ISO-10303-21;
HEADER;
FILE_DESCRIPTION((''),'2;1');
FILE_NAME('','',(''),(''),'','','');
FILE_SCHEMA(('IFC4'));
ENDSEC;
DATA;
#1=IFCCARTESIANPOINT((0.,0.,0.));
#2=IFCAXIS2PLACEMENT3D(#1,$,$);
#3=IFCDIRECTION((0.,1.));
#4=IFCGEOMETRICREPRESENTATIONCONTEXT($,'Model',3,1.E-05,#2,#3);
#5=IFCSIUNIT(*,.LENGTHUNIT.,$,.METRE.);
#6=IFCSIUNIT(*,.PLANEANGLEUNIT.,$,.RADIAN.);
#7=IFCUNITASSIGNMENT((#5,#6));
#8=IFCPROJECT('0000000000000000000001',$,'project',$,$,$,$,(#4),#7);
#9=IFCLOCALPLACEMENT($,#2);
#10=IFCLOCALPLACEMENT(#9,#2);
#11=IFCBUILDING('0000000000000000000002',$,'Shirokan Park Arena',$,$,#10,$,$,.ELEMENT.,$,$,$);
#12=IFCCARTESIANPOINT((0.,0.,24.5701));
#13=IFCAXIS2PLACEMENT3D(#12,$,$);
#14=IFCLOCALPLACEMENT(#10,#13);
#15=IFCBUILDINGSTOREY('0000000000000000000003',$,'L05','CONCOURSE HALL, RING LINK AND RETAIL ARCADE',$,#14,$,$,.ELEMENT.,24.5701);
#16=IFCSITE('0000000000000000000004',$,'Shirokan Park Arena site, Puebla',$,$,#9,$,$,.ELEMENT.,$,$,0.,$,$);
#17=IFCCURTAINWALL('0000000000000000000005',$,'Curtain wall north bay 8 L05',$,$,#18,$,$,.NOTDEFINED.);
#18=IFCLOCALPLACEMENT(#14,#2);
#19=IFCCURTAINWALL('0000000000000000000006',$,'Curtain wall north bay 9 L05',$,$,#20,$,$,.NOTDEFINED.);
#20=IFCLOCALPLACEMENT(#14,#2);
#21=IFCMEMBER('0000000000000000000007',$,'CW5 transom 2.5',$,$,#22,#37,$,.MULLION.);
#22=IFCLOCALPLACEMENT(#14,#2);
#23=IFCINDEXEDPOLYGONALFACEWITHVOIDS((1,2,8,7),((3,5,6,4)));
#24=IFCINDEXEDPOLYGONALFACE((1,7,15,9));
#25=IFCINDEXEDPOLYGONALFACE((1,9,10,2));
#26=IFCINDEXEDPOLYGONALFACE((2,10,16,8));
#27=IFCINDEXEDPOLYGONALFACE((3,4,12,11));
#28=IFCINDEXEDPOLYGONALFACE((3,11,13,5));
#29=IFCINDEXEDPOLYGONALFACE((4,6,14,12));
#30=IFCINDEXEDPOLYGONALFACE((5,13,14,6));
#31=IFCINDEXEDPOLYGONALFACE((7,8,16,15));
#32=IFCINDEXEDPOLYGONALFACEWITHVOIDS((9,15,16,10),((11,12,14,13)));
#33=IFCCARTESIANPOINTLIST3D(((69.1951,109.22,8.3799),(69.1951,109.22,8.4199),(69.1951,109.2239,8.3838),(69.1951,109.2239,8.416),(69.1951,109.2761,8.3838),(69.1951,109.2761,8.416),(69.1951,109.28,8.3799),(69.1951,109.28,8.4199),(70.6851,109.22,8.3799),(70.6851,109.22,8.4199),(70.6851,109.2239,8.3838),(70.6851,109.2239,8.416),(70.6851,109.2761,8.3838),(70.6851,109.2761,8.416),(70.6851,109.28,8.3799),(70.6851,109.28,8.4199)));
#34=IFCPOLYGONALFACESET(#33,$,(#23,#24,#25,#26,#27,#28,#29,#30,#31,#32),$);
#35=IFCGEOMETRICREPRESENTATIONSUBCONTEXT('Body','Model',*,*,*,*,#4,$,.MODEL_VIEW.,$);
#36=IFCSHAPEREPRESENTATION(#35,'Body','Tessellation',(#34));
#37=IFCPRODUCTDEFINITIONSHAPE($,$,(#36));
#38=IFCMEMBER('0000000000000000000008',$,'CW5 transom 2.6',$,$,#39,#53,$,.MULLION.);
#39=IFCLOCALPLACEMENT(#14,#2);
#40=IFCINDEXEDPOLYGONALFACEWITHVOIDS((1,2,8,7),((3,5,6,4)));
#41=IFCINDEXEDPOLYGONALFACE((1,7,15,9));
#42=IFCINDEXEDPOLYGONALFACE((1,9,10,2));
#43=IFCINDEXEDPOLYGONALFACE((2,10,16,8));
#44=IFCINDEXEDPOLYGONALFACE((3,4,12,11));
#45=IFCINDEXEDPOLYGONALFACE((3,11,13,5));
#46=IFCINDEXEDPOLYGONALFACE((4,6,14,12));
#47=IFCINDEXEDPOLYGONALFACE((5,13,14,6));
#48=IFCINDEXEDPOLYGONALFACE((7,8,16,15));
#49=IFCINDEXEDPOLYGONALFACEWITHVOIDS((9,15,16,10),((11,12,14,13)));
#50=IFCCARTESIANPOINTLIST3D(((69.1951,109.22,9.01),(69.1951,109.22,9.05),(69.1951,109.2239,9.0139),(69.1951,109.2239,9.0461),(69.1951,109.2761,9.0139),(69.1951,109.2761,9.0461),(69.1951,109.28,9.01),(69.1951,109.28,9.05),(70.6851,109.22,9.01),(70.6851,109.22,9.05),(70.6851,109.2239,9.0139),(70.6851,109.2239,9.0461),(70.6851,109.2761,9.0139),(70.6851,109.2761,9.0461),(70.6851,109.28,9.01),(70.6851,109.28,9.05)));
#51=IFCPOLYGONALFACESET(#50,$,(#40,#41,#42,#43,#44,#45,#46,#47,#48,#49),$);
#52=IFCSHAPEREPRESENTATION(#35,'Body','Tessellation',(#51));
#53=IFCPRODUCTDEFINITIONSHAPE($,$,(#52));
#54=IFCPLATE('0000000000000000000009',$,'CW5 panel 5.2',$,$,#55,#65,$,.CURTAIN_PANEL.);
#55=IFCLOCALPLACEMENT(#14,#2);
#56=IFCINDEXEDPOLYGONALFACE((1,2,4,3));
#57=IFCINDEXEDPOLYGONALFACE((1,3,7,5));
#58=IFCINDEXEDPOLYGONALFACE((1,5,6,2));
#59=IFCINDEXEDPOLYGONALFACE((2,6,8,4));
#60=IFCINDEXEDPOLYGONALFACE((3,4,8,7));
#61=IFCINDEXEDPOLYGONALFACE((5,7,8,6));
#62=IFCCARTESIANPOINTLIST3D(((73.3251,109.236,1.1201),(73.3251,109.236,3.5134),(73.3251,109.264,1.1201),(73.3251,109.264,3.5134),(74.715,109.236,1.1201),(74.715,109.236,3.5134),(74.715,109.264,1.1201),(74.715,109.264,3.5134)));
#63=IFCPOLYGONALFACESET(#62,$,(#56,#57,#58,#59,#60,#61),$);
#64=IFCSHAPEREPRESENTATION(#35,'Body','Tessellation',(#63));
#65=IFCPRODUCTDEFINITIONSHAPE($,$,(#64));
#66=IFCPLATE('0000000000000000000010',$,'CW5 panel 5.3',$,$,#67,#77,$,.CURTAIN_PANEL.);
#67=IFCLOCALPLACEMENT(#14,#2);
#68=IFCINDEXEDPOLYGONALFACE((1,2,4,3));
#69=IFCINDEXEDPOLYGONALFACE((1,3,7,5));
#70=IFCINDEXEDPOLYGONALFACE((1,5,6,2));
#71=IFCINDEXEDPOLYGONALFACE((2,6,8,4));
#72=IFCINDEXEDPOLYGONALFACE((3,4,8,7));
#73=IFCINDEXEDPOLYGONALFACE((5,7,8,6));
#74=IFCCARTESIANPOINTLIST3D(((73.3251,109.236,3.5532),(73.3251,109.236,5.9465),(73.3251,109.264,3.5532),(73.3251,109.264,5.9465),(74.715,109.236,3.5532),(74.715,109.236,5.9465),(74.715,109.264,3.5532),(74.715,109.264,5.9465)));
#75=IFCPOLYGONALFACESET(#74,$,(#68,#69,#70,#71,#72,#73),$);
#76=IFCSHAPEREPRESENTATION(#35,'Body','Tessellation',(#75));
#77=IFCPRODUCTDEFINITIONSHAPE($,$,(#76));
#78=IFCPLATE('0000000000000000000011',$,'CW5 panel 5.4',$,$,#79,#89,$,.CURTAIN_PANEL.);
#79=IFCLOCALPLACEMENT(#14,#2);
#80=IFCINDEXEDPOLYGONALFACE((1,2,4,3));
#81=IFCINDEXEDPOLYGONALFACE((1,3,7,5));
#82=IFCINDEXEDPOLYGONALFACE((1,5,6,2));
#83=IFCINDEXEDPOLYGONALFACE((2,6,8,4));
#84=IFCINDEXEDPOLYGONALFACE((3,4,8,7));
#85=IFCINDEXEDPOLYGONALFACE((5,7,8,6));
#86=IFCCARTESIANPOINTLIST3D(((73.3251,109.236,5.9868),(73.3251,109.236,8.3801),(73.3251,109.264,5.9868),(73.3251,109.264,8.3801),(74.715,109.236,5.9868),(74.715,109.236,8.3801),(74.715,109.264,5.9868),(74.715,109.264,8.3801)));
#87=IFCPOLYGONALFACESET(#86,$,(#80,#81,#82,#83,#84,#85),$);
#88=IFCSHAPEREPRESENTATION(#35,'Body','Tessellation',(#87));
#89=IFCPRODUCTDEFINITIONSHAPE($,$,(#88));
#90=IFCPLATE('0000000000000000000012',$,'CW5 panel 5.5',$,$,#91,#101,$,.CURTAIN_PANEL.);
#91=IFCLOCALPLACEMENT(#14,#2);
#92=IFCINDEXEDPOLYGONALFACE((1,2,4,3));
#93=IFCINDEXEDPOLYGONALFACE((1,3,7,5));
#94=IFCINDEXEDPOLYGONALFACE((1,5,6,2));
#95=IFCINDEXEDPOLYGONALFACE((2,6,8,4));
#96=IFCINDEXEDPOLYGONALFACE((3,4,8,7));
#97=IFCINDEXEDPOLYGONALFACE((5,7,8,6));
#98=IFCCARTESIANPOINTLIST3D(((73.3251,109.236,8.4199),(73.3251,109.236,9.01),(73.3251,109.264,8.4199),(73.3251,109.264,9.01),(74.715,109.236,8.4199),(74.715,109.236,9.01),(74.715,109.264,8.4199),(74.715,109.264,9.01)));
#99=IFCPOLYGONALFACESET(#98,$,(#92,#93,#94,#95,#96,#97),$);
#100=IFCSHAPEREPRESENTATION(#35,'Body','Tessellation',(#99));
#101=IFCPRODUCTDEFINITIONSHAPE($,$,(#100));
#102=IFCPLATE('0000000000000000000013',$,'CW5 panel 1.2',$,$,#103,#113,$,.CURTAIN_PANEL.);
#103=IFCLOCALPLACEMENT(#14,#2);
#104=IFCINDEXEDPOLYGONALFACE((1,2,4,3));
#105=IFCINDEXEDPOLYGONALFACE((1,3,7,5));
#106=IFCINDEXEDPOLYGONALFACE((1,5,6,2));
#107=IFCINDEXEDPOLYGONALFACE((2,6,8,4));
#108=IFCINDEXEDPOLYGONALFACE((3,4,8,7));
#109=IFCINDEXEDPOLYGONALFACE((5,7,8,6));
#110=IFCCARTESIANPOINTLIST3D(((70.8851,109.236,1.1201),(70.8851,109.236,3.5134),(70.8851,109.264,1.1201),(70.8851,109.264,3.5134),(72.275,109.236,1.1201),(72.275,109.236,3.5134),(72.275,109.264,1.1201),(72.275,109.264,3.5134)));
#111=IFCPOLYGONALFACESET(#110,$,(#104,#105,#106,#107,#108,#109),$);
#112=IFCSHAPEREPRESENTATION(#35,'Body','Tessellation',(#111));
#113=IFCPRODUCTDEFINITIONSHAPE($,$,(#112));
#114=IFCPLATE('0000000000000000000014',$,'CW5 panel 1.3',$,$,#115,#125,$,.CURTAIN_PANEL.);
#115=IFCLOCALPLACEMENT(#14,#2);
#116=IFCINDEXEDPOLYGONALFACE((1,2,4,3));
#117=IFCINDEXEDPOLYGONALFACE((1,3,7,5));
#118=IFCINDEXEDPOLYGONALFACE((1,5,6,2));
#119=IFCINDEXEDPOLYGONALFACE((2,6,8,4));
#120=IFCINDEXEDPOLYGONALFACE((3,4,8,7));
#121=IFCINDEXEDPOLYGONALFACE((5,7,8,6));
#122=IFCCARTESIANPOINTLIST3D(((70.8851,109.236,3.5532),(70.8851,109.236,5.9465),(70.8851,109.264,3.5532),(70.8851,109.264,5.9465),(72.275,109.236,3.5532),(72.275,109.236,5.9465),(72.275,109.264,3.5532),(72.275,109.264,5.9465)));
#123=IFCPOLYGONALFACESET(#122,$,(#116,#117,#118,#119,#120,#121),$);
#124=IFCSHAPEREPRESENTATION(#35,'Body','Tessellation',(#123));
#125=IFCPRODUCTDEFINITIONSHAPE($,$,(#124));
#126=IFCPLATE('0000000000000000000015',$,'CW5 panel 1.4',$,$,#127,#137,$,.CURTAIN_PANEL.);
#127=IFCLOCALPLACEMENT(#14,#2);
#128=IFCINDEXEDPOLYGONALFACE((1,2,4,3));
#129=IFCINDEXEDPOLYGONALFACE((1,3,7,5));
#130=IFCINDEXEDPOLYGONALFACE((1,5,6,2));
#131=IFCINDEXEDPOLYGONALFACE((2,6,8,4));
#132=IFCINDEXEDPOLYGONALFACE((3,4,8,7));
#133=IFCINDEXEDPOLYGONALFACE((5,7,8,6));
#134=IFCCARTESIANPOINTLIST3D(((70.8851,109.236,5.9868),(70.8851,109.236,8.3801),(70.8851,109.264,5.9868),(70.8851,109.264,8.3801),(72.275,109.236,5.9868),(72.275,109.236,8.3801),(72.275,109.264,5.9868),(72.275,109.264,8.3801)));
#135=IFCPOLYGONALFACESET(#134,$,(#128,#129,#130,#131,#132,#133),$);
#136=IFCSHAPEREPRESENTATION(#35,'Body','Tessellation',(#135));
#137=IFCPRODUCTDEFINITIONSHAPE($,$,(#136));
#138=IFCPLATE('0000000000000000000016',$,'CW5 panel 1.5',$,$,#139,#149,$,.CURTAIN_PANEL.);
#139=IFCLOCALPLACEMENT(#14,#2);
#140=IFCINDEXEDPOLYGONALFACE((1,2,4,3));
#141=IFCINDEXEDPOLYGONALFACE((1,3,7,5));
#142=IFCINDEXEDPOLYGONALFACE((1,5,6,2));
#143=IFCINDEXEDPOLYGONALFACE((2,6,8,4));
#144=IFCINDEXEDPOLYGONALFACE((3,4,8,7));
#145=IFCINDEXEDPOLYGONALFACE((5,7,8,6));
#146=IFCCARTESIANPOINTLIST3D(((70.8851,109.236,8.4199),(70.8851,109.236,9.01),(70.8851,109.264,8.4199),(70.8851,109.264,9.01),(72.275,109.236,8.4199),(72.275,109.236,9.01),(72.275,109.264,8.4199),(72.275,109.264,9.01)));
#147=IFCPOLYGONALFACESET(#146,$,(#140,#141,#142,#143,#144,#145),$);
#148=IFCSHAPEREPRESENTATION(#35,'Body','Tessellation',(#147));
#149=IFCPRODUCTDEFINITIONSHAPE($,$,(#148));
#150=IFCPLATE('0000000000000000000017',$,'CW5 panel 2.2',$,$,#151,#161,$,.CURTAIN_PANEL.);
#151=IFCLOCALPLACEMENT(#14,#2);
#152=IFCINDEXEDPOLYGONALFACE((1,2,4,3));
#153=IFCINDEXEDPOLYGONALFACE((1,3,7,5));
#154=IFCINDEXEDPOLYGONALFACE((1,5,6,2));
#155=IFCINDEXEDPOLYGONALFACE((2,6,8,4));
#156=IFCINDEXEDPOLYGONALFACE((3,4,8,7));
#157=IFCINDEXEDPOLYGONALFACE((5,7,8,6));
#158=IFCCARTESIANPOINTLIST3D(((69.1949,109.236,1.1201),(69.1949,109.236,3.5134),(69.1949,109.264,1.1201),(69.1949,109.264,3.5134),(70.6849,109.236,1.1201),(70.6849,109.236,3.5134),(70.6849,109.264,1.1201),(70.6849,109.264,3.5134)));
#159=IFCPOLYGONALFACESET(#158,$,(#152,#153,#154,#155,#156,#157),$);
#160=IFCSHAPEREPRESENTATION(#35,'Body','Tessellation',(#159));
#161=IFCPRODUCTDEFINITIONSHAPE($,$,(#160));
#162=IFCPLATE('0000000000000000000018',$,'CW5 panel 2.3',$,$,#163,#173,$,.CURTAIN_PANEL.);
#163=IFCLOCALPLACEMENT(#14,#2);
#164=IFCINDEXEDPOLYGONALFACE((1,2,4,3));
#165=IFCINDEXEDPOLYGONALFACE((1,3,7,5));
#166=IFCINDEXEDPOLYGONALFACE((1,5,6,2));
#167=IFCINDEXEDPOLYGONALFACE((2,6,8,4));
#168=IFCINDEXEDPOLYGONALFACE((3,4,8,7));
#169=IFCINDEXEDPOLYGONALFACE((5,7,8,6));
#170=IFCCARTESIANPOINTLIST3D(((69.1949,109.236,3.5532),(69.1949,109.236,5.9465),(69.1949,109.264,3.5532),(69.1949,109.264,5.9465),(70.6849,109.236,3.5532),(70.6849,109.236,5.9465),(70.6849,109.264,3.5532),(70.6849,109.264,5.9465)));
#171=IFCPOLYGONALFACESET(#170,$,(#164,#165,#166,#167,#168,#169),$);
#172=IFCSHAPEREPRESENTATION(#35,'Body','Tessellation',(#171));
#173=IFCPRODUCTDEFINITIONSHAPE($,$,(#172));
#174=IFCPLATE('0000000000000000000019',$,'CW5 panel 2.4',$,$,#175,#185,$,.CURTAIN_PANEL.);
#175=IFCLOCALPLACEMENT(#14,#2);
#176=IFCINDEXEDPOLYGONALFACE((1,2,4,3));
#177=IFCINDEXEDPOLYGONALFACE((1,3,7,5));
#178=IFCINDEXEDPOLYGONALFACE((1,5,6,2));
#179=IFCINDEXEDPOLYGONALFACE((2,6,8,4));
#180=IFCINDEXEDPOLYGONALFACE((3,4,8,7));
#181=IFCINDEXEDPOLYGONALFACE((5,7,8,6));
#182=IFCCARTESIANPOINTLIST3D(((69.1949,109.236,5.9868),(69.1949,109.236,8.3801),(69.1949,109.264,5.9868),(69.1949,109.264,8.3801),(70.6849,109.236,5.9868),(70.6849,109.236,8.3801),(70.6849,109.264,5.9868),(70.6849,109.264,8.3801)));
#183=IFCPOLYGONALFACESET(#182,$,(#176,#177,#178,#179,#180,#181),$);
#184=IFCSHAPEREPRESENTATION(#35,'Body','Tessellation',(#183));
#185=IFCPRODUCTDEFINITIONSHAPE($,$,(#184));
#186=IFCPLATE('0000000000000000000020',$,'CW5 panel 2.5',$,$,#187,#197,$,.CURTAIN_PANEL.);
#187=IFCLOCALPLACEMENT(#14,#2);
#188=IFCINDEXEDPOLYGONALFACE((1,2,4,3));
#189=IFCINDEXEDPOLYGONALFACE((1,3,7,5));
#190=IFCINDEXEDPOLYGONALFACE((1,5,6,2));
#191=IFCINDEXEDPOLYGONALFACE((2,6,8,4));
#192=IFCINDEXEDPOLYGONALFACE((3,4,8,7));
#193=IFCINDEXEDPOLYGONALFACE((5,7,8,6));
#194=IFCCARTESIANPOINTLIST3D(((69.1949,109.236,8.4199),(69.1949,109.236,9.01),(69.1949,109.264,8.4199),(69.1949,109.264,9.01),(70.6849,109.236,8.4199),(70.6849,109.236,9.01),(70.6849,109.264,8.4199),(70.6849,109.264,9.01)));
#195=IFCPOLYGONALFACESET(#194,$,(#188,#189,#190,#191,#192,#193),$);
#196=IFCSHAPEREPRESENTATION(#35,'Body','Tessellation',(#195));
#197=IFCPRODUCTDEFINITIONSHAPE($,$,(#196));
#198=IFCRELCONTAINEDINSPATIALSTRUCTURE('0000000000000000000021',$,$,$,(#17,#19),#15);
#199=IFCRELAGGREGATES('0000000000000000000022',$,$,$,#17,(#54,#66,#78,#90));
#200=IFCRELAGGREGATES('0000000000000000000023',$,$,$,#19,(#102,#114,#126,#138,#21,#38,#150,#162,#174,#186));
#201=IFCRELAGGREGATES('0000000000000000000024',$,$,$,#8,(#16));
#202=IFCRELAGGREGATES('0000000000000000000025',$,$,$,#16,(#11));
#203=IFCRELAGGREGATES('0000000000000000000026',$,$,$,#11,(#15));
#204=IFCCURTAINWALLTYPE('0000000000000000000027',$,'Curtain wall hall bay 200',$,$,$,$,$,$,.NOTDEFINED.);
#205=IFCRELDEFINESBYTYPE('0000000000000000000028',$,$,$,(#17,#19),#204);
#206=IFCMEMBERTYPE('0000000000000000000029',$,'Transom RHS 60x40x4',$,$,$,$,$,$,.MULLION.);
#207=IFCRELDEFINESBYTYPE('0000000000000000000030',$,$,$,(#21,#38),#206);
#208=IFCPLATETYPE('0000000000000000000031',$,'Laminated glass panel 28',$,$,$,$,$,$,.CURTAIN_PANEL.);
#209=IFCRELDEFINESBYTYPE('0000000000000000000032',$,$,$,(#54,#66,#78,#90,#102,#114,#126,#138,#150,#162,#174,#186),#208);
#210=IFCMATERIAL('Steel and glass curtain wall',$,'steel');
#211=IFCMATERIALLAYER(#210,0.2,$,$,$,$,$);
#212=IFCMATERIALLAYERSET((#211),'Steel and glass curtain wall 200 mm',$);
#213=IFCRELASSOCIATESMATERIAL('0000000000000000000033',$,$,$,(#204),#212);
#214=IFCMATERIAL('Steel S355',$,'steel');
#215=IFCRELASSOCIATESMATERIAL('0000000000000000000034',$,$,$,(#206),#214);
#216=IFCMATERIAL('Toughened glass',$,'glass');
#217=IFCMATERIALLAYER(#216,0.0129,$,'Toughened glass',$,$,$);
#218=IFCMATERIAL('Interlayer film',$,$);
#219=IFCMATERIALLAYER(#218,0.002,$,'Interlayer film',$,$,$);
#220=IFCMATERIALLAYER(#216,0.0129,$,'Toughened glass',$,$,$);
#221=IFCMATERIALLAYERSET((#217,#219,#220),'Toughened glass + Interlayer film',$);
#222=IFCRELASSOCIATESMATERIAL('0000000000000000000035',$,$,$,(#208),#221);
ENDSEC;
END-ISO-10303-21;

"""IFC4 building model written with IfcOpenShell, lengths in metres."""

from ifc_helpers import new_model, si_unit, direction, frame, origin, origin_2d, place, context, subcontext, project, spatial, rectangle, hollow_rectangle, extrude, material, layer, layer_set, material_profile, profile_set, type_object, element, aggregate, save


model = new_model("IFC4")

# Units and contexts
model_context = context("Model", 3, precision=1e-05, world=origin(), true_north=direction((0.0, 1.0)))
body_context = subcontext(model_context, "Body", "Model", "MODEL_VIEW")
ifc_project = project(units=[si_unit("LENGTHUNIT", "METRE"), si_unit("PLANEANGLEUNIT", "RADIAN")], contexts=[model_context])

# Site, building, storey
site_placement = place(None, origin())
site = spatial("IfcSite", under=ifc_project, at=site_placement, Name="Shirokan Park Arena site, Puebla", CompositionType="ELEMENT", RefElevation=0.0)
building_placement = place(site_placement, origin())
building = spatial("IfcBuilding", under=site, at=building_placement, Name="Shirokan Park Arena", CompositionType="ELEMENT")
storey_placement = place(building_placement, frame((0.0, 0.0, 24.5701)))
storey = spatial("IfcBuildingStorey", under=building, at=storey_placement, Name="L05", Description="CONCOURSE HALL, RING LINK AND RETAIL ARCADE", CompositionType="ELEMENT", Elevation=24.5701)

# Curtain wall
ifc_material_1 = material(Name="Steel and glass curtain wall", Category="steel")
ifc_layer_1 = layer(ifc_material_1, 0.2)
ifc_layer_set_1 = layer_set([ifc_layer_1], Name="Steel and glass curtain wall 200 mm")
curtain_wall_type = type_object("IfcCurtainWallType", Name="Curtain wall hall bay 200", PredefinedType="NOTDEFINED", material=ifc_layer_set_1)
curtain_wall_1_placement = place(storey_placement, origin())
curtain_wall_1 = element("IfcCurtainWall", 1, at=curtain_wall_1_placement, inside=storey, type_object=curtain_wall_type, Name="Curtain wall north bay 8 L05", PredefinedType="NOTDEFINED")
ifc_material_2 = material(Name="Steel S355", Category="steel")

# Curtain wall
curtain_wall_2_placement = place(storey_placement, origin())
curtain_wall_2 = element("IfcCurtainWall", 2, at=curtain_wall_2_placement, inside=storey, type_object=curtain_wall_type, Name="Curtain wall north bay 9 L05", PredefinedType="NOTDEFINED")

# Members
ifc_material_profile_1 = material_profile(ifc_material_2, hollow_rectangle(XDim=0.0601, YDim=0.04, WallThickness=0.0039, at=origin_2d()), Name="RHS 60x40x4")
ifc_profile_set_1 = profile_set([ifc_material_profile_1], Name="Steel S355")
member_type_1 = type_object("IfcMemberType", Name="Transom RHS 60x40x4", PredefinedType="MULLION", material=ifc_profile_set_1)
member_1_placement = place(storey_placement, frame((70.6851, 109.25, 8.3999), z_axis=(-1.0, 0.0, 0.0), x_axis=(0.0, -1.0, 0.0)))
member_1 = element("IfcMember", 3, at=member_1_placement, type_object=member_type_1, Name="CW5 transom 2.5", PredefinedType="MULLION", context=body_context, shape_type="SweptSolid", body=[
    extrude(hollow_rectangle(XDim=0.0601, YDim=0.04, WallThickness=0.0039, at=origin_2d()), origin(), (0.0, 0.0, 1.0), 1.49),
])
member_2_placement = place(storey_placement, frame((70.6851, 109.25, 9.03), z_axis=(-1.0, 0.0, 0.0), x_axis=(0.0, -1.0, 0.0)))
member_2 = element("IfcMember", 4, at=member_2_placement, type_object=member_type_1, Name="CW5 transom 2.6", PredefinedType="MULLION", context=body_context, shape_type="SweptSolid", body=[
    extrude(hollow_rectangle(XDim=0.0601, YDim=0.04, WallThickness=0.0039, at=origin_2d()), origin(), (0.0, 0.0, 1.0), 1.49),
])

# Plates
ifc_material_3 = material(Name="Toughened glass", Category="glass")
ifc_layer_2 = layer(ifc_material_3, 0.0129, Name="Toughened glass")
ifc_material_4 = material(Name="Interlayer film")
ifc_layer_3 = layer(ifc_material_4, 0.002, Name="Interlayer film")
ifc_layer_4 = layer(ifc_material_3, 0.0129, Name="Toughened glass")
ifc_layer_set_2 = layer_set([ifc_layer_2, ifc_layer_3, ifc_layer_4], Name="Toughened glass + Interlayer film")
plate_type_1 = type_object("IfcPlateType", Name="Laminated glass panel 28", PredefinedType="CURTAIN_PANEL", material=ifc_layer_set_2)
plate_1_placement = place(storey_placement, frame((74.02, 109.25, 1.1201), z_axis=(0.0, 0.0, 1.0), x_axis=(-1.0, 0.0, 0.0)))
plate_1 = element("IfcPlate", 5, at=plate_1_placement, type_object=plate_type_1, Name="CW5 panel 5.2", PredefinedType="CURTAIN_PANEL", context=body_context, shape_type="SweptSolid", body=[
    extrude(rectangle(XDim=1.3899, YDim=0.0281, at=origin_2d()), origin(), (0.0, 0.0, 1.0), 2.3933),
])
plate_2_placement = place(storey_placement, frame((74.02, 109.25, 3.5532), z_axis=(0.0, 0.0, 1.0), x_axis=(-1.0, 0.0, 0.0)))
plate_2 = element("IfcPlate", 6, at=plate_2_placement, type_object=plate_type_1, Name="CW5 panel 5.3", PredefinedType="CURTAIN_PANEL", context=body_context, shape_type="SweptSolid", body=[
    extrude(rectangle(XDim=1.3899, YDim=0.0281, at=origin_2d()), origin(), (0.0, 0.0, 1.0), 2.3933),
])
plate_3_placement = place(storey_placement, frame((74.02, 109.25, 5.9868), z_axis=(0.0, 0.0, 1.0), x_axis=(-1.0, 0.0, 0.0)))
plate_3 = element("IfcPlate", 7, at=plate_3_placement, type_object=plate_type_1, Name="CW5 panel 5.4", PredefinedType="CURTAIN_PANEL", context=body_context, shape_type="SweptSolid", body=[
    extrude(rectangle(XDim=1.3899, YDim=0.0281, at=origin_2d()), origin(), (0.0, 0.0, 1.0), 2.3933),
])
plate_4_placement = place(storey_placement, frame((74.02, 109.25, 8.4199), z_axis=(0.0, 0.0, 1.0), x_axis=(-1.0, 0.0, 0.0)))
plate_4 = element("IfcPlate", 8, at=plate_4_placement, type_object=plate_type_1, Name="CW5 panel 5.5", PredefinedType="CURTAIN_PANEL", context=body_context, shape_type="SweptSolid", body=[
    extrude(rectangle(XDim=1.3899, YDim=0.0281, at=origin_2d()), origin(), (0.0, 0.0, 1.0), 0.5901),
])
plate_5_placement = place(storey_placement, frame((71.5801, 109.25, 1.1201), z_axis=(0.0, 0.0, 1.0), x_axis=(-1.0, 0.0, 0.0)))
plate_5 = element("IfcPlate", 9, at=plate_5_placement, type_object=plate_type_1, Name="CW5 panel 1.2", PredefinedType="CURTAIN_PANEL", context=body_context, shape_type="SweptSolid", body=[
    extrude(rectangle(XDim=1.3899, YDim=0.0281, at=origin_2d()), origin(), (0.0, 0.0, 1.0), 2.3933),
])
plate_6_placement = place(storey_placement, frame((71.5801, 109.25, 3.5532), z_axis=(0.0, 0.0, 1.0), x_axis=(-1.0, 0.0, 0.0)))
plate_6 = element("IfcPlate", 10, at=plate_6_placement, type_object=plate_type_1, Name="CW5 panel 1.3", PredefinedType="CURTAIN_PANEL", context=body_context, shape_type="SweptSolid", body=[
    extrude(rectangle(XDim=1.3899, YDim=0.0281, at=origin_2d()), origin(), (0.0, 0.0, 1.0), 2.3933),
])
plate_7_placement = place(storey_placement, frame((71.5801, 109.25, 5.9868), z_axis=(0.0, 0.0, 1.0), x_axis=(-1.0, 0.0, 0.0)))
plate_7 = element("IfcPlate", 11, at=plate_7_placement, type_object=plate_type_1, Name="CW5 panel 1.4", PredefinedType="CURTAIN_PANEL", context=body_context, shape_type="SweptSolid", body=[
    extrude(rectangle(XDim=1.3899, YDim=0.0281, at=origin_2d()), origin(), (0.0, 0.0, 1.0), 2.3933),
])
plate_8_placement = place(storey_placement, frame((71.5801, 109.25, 8.4199), z_axis=(0.0, 0.0, 1.0), x_axis=(-1.0, 0.0, 0.0)))
plate_8 = element("IfcPlate", 12, at=plate_8_placement, type_object=plate_type_1, Name="CW5 panel 1.5", PredefinedType="CURTAIN_PANEL", context=body_context, shape_type="SweptSolid", body=[
    extrude(rectangle(XDim=1.3899, YDim=0.0281, at=origin_2d()), origin(), (0.0, 0.0, 1.0), 0.5901),
])
plate_9_placement = place(storey_placement, frame((69.9399, 109.25, 1.1201), z_axis=(0.0, 0.0, 1.0), x_axis=(-1.0, 0.0, 0.0)))
plate_9 = element("IfcPlate", 13, at=plate_9_placement, type_object=plate_type_1, Name="CW5 panel 2.2", PredefinedType="CURTAIN_PANEL", context=body_context, shape_type="SweptSolid", body=[
    extrude(rectangle(XDim=1.49, YDim=0.0281, at=origin_2d()), origin(), (0.0, 0.0, 1.0), 2.3933),
])
plate_10_placement = place(storey_placement, frame((69.9399, 109.25, 3.5532), z_axis=(0.0, 0.0, 1.0), x_axis=(-1.0, 0.0, 0.0)))
plate_10 = element("IfcPlate", 14, at=plate_10_placement, type_object=plate_type_1, Name="CW5 panel 2.3", PredefinedType="CURTAIN_PANEL", context=body_context, shape_type="SweptSolid", body=[
    extrude(rectangle(XDim=1.49, YDim=0.0281, at=origin_2d()), origin(), (0.0, 0.0, 1.0), 2.3933),
])
plate_11_placement = place(storey_placement, frame((69.9399, 109.25, 5.9868), z_axis=(0.0, 0.0, 1.0), x_axis=(-1.0, 0.0, 0.0)))
plate_11 = element("IfcPlate", 15, at=plate_11_placement, type_object=plate_type_1, Name="CW5 panel 2.4", PredefinedType="CURTAIN_PANEL", context=body_context, shape_type="SweptSolid", body=[
    extrude(rectangle(XDim=1.49, YDim=0.0281, at=origin_2d()), origin(), (0.0, 0.0, 1.0), 2.3933),
])
plate_12_placement = place(storey_placement, frame((69.9399, 109.25, 8.4199), z_axis=(0.0, 0.0, 1.0), x_axis=(-1.0, 0.0, 0.0)))
plate_12 = element("IfcPlate", 16, at=plate_12_placement, type_object=plate_type_1, Name="CW5 panel 2.5", PredefinedType="CURTAIN_PANEL", context=body_context, shape_type="SweptSolid", body=[
    extrude(rectangle(XDim=1.49, YDim=0.0281, at=origin_2d()), origin(), (0.0, 0.0, 1.0), 0.5901),
])
aggregate(curtain_wall_1, [plate_1, plate_2, plate_3, plate_4])
aggregate(curtain_wall_2, [plate_5, plate_6, plate_7, plate_8, member_1, member_2, plate_9, plate_10, plate_11, plate_12])

save(model, "model.ifc")
